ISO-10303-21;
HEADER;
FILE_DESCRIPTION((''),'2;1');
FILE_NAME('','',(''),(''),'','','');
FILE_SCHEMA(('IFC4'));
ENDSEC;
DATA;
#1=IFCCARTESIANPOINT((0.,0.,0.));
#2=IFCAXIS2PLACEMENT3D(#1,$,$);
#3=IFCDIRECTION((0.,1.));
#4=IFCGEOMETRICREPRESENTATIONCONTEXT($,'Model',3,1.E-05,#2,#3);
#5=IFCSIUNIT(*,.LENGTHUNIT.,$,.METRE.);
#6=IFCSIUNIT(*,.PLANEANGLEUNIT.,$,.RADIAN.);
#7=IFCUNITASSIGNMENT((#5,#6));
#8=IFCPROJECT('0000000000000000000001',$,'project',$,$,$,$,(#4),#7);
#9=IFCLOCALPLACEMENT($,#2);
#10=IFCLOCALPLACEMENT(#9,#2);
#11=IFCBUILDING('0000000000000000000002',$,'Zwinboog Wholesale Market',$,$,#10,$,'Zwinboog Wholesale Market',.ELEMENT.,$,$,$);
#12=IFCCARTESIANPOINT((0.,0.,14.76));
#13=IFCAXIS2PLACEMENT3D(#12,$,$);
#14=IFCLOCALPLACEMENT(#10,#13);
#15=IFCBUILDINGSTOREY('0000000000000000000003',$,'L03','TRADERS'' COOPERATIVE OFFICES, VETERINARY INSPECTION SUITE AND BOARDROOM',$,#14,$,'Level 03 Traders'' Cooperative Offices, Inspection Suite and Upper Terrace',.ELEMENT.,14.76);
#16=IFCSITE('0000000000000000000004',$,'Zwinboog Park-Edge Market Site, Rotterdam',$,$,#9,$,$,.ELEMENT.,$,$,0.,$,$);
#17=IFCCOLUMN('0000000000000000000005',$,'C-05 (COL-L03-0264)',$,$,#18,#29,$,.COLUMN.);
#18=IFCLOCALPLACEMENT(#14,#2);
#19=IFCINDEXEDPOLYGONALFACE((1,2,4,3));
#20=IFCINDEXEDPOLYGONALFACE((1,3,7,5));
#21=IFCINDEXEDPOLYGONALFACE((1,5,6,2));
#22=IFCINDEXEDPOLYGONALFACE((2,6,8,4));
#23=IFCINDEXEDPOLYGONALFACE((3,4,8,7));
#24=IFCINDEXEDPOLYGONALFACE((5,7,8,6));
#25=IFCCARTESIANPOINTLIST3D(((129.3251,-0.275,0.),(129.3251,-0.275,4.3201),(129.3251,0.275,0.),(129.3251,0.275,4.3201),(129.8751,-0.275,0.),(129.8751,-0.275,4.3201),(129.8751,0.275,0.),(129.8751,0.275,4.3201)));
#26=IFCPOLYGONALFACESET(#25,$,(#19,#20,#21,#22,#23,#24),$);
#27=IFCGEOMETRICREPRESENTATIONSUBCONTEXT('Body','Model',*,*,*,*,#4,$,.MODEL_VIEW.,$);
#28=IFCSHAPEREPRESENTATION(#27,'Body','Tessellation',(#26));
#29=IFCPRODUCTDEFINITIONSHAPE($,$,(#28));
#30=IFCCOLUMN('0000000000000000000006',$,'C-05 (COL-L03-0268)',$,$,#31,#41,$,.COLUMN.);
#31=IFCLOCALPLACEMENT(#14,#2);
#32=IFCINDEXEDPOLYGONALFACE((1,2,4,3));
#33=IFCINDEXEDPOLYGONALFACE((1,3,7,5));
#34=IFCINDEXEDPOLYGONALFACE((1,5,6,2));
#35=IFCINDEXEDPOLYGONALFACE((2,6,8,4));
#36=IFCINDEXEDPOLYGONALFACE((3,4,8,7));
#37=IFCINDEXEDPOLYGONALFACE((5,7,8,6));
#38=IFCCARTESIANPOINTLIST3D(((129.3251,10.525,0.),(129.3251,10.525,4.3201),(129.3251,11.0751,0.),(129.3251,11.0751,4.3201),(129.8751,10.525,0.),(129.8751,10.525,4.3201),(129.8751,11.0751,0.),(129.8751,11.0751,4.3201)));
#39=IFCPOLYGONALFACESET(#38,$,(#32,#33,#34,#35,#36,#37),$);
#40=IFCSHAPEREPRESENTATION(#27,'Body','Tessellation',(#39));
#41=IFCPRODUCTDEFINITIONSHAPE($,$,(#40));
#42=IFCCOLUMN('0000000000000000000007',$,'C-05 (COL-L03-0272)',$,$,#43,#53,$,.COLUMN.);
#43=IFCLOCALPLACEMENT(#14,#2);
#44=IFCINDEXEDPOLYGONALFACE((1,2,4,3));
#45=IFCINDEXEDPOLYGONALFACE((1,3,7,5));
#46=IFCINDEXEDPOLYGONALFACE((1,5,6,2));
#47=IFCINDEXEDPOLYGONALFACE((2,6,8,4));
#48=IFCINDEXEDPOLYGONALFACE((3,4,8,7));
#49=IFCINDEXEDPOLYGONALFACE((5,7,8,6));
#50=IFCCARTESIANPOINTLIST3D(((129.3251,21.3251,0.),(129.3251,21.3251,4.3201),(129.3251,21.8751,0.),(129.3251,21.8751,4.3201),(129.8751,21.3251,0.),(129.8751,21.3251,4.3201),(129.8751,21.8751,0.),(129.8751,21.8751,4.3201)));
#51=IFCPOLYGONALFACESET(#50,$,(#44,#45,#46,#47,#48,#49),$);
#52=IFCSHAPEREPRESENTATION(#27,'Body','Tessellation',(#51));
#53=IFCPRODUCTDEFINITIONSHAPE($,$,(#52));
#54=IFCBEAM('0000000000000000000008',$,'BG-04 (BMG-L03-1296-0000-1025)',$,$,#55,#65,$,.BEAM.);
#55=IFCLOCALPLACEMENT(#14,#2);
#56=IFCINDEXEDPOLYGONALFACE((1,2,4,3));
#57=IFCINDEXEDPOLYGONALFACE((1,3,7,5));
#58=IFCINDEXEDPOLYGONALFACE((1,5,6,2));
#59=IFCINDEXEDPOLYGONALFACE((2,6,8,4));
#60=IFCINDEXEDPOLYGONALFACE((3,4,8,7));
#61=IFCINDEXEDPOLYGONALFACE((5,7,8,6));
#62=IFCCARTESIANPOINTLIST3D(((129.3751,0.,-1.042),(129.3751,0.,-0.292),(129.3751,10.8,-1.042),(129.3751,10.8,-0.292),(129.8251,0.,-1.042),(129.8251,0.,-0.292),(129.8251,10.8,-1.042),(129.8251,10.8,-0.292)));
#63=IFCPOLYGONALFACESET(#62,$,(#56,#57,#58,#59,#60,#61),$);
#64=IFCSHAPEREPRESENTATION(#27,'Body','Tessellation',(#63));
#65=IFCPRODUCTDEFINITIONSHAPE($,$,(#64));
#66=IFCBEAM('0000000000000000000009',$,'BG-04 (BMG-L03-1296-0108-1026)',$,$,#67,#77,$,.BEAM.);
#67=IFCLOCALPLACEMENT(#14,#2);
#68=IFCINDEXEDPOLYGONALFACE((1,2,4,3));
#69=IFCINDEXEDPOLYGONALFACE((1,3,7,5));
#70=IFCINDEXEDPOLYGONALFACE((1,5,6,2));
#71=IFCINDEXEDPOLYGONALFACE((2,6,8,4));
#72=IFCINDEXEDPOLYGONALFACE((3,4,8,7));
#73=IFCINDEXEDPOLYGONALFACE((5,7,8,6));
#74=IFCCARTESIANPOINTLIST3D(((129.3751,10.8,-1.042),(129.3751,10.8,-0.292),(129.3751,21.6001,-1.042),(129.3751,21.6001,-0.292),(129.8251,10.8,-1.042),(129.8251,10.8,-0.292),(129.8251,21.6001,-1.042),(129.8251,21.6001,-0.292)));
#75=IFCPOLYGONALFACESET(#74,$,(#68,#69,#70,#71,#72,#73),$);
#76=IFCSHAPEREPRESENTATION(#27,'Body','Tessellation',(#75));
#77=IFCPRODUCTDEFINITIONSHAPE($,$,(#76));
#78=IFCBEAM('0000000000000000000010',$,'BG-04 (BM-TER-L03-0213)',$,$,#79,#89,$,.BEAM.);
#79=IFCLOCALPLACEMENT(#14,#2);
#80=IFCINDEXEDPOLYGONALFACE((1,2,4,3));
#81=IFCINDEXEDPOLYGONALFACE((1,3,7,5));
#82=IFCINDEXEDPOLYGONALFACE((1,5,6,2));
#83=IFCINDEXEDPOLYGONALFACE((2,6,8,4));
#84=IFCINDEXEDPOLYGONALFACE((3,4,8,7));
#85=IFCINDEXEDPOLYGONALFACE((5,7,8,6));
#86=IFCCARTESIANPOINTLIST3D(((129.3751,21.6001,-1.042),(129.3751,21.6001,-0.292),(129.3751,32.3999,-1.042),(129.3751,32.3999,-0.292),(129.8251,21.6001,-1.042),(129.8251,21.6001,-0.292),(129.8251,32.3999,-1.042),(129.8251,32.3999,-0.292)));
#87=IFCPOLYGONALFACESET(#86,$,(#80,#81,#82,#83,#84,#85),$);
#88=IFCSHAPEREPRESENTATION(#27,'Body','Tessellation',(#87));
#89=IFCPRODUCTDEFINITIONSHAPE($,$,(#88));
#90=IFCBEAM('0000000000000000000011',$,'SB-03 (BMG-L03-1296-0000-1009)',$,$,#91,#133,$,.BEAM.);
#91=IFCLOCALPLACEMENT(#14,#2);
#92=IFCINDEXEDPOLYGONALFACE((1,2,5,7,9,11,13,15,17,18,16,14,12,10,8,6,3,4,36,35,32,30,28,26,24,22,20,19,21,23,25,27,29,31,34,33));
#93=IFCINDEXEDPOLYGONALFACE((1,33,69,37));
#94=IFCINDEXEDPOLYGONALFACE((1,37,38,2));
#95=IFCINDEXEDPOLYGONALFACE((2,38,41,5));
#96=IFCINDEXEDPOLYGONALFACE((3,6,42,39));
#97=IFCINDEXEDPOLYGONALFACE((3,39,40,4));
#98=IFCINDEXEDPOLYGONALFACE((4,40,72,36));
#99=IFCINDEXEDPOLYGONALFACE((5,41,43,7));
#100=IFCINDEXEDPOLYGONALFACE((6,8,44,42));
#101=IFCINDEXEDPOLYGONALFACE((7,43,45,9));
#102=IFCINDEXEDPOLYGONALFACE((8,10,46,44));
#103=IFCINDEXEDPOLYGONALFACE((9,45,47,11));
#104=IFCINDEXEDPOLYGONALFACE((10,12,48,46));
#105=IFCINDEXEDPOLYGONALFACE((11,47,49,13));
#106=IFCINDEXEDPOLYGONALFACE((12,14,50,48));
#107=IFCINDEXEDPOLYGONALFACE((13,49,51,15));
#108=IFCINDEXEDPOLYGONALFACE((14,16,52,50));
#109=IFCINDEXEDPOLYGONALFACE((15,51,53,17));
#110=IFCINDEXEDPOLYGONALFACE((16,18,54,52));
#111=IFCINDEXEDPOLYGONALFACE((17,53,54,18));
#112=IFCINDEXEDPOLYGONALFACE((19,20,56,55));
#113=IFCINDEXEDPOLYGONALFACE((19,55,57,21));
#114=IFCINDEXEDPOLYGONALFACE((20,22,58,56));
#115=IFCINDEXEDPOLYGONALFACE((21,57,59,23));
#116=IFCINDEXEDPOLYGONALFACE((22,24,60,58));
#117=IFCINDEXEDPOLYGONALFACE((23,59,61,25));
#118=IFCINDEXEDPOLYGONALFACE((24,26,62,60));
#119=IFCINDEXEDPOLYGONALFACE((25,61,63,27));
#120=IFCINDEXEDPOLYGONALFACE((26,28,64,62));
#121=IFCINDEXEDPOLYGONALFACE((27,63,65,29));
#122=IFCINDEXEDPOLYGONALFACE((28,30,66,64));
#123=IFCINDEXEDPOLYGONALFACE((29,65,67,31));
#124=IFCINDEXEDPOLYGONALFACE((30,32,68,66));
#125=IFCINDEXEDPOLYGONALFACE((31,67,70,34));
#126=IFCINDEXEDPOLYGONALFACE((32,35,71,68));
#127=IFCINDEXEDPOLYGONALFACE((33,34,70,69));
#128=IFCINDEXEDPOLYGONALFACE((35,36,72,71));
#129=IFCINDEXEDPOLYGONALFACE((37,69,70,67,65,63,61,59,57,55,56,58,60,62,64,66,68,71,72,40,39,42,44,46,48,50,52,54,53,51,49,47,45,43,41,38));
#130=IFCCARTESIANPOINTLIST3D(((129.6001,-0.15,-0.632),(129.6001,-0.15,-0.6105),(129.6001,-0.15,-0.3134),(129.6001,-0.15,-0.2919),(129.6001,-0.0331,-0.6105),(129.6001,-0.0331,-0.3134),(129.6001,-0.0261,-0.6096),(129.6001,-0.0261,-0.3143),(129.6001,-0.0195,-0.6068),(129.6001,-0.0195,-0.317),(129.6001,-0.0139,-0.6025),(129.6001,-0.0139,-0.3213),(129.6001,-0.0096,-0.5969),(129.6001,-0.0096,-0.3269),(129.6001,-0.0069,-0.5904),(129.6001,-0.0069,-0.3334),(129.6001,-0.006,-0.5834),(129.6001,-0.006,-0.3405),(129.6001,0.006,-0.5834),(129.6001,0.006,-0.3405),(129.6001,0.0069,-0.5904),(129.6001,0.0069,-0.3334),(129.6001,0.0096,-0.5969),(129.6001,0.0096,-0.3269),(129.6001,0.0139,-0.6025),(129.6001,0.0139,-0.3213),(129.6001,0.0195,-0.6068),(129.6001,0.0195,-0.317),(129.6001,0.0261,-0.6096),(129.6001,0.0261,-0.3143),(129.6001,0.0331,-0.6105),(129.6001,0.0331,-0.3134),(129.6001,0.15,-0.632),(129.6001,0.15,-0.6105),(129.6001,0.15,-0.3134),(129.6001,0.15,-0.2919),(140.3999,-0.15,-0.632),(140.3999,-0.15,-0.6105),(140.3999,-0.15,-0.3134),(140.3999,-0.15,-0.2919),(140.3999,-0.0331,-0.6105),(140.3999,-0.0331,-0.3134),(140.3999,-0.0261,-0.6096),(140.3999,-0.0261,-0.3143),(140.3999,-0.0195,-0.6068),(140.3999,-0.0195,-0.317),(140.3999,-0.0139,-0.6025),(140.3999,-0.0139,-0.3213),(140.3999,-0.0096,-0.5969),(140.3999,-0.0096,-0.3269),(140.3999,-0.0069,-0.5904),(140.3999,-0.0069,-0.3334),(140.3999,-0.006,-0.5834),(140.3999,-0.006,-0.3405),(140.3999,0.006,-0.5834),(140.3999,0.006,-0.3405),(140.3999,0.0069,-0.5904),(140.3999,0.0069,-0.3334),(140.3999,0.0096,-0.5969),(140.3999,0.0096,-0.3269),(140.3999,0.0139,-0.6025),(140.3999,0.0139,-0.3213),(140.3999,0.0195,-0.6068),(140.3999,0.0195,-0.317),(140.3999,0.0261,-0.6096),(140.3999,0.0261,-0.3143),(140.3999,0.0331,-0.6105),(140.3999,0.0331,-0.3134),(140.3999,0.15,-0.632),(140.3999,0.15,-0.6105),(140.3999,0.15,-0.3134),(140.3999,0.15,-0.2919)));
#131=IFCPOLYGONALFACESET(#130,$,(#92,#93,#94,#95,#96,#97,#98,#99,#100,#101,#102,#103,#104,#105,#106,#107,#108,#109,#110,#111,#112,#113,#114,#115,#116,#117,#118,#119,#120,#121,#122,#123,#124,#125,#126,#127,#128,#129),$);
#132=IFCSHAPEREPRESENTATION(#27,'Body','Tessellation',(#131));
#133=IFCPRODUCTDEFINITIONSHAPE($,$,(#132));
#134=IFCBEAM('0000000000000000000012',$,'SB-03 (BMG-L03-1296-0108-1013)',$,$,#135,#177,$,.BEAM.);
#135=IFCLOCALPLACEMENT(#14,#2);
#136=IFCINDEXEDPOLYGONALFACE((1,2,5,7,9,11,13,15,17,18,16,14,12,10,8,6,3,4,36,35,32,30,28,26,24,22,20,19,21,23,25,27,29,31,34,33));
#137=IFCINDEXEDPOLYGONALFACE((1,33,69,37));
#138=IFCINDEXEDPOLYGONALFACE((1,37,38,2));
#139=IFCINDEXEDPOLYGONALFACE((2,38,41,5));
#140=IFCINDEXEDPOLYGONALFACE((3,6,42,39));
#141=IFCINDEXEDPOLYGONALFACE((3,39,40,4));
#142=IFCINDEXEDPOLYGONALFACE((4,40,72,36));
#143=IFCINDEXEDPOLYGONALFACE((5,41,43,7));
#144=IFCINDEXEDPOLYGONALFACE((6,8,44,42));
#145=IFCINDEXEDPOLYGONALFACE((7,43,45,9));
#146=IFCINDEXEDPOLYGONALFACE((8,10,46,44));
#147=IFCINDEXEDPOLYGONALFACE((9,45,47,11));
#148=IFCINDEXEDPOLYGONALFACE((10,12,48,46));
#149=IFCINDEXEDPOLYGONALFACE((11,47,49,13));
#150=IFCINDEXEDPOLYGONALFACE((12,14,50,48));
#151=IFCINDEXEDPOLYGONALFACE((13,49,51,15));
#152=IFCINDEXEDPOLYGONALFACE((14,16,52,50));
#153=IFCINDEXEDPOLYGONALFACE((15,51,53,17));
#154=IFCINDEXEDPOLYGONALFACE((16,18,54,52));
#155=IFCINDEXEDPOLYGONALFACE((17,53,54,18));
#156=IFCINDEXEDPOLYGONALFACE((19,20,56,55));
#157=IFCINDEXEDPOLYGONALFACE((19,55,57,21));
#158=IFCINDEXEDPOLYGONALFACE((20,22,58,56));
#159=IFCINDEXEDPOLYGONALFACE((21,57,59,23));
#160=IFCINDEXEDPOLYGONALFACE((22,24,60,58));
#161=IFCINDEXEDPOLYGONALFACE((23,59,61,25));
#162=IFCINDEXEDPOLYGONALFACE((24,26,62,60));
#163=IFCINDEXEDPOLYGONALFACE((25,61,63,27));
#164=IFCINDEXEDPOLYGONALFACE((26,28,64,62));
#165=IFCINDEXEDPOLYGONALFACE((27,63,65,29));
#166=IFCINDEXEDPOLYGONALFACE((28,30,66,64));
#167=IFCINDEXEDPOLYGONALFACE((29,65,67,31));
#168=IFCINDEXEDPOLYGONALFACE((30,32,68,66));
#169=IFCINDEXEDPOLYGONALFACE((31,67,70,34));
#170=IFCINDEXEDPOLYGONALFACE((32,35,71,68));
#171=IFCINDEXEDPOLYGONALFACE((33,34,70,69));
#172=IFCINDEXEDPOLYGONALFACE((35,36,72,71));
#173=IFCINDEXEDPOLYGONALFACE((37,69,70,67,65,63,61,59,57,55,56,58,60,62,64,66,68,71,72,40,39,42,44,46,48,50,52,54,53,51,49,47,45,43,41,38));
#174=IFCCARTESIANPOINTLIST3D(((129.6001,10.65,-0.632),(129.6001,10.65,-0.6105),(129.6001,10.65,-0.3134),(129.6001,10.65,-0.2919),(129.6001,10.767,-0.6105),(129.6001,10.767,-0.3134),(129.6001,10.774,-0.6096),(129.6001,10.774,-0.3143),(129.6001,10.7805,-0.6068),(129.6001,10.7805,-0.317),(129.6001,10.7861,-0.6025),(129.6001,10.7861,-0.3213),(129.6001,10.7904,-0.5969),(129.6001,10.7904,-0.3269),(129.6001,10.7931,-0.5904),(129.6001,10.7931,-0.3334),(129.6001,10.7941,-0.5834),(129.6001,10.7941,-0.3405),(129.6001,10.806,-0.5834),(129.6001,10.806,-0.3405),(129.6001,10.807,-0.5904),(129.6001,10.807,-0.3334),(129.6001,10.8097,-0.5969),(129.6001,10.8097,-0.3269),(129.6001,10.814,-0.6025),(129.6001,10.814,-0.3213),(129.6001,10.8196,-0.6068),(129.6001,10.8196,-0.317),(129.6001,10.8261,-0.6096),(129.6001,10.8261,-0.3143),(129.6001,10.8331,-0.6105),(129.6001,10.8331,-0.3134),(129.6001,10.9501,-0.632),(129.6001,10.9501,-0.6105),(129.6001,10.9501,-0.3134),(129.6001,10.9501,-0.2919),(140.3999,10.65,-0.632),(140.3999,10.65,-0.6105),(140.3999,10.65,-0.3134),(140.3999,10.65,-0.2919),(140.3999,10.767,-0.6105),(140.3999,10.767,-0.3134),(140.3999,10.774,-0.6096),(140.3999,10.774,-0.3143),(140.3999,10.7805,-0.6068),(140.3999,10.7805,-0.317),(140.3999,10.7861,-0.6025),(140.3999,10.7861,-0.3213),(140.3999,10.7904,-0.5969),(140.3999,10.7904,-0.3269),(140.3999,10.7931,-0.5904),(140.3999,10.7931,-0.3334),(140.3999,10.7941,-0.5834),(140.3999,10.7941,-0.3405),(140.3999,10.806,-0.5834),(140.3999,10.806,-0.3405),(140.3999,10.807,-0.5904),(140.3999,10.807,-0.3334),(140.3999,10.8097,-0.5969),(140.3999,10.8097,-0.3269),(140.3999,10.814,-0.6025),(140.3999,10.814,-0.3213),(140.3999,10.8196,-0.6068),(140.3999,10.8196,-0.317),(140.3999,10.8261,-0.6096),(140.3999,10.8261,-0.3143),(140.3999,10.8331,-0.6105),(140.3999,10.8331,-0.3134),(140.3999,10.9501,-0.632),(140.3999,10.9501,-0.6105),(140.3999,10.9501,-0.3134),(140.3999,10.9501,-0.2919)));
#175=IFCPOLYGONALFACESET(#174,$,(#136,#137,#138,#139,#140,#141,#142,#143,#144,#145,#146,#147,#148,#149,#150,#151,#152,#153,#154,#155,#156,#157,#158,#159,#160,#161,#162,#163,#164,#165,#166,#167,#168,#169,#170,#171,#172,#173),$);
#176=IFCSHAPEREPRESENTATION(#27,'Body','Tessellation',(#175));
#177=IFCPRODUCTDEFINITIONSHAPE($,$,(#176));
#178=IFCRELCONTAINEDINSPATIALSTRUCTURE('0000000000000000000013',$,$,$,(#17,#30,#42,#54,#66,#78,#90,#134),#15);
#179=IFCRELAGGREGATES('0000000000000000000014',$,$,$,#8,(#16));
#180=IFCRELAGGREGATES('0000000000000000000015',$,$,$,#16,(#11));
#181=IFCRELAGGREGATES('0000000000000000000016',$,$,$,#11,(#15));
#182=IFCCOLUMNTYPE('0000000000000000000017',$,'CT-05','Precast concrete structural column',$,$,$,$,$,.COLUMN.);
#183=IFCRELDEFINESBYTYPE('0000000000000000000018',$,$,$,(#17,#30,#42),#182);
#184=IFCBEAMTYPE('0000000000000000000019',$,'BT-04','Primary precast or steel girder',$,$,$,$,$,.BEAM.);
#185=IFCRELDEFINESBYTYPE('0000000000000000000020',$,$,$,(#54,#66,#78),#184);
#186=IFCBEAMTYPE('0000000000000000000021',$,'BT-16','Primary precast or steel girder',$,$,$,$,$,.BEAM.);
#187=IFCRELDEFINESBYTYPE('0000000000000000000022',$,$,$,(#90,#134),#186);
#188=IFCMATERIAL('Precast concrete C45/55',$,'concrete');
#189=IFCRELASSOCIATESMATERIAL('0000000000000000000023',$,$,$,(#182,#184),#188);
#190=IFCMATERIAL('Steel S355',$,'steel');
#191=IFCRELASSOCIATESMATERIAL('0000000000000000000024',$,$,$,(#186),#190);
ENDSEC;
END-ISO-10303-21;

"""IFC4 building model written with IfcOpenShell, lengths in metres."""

from ifc_helpers import new_model, si_unit, direction, frame, origin, origin_2d, place, context, subcontext, project, spatial, rectangle, i_section, extrude, material, material_profile, profile_set, type_object, element, save


model = new_model("IFC4")

# Units and contexts
model_context = context("Model", 3, precision=1e-05, world=origin(), true_north=direction((0.0, 1.0)))
body_context = subcontext(model_context, "Body", "Model", "MODEL_VIEW")
ifc_project = project(units=[si_unit("LENGTHUNIT", "METRE"), si_unit("PLANEANGLEUNIT", "RADIAN")], contexts=[model_context])

# Site, building, storey
site_placement = place(None, origin())
site = spatial("IfcSite", under=ifc_project, at=site_placement, Name="Zwinboog Park-Edge Market Site, Rotterdam", CompositionType="ELEMENT", RefElevation=0.0)
building_placement = place(site_placement, origin())
building = spatial("IfcBuilding", under=site, at=building_placement, Name="Zwinboog Wholesale Market", LongName="Zwinboog Wholesale Market", CompositionType="ELEMENT")
storey_placement = place(building_placement, frame((0.0, 0.0, 14.76)))
storey = spatial("IfcBuildingStorey", under=building, at=storey_placement, Name="L03", Description="TRADERS' COOPERATIVE OFFICES, VETERINARY INSPECTION SUITE AND BOARDROOM", LongName="Level 03 Traders' Cooperative Offices, Inspection Suite and Upper Terrace", CompositionType="ELEMENT", Elevation=14.76)

# Columns
ifc_material_1 = material(Name="Precast concrete C45/55", Category="concrete")
ifc_material_profile_1 = material_profile(ifc_material_1, rectangle(XDim=0.55, YDim=0.55, at=origin_2d()), Name="PC 550x550")
ifc_profile_set_1 = profile_set([ifc_material_profile_1], Name="Precast concrete C45/55")
column_type = type_object("IfcColumnType", Name="CT-05", Description="Precast concrete structural column", PredefinedType="COLUMN", material=ifc_profile_set_1)
for number, where, z_axis, x_axis, name in (
    (1, (129.6001, 0.0, 0.0), (0.0, 0.0, 1.0), (1.0, 0.0, 0.0), "C-05 (COL-L03-0264)"),
    (2, (129.6001, 10.8, 0.0), (0.0, 0.0, 1.0), (1.0, 0.0, 0.0), "C-05 (COL-L03-0268)"),
    (3, (129.6001, 21.6001, 0.0), (0.0, 0.0, 1.0), (1.0, 0.0, 0.0), "C-05 (COL-L03-0272)"),
):
    element("IfcColumn", number, at=place(storey_placement, frame(where, z_axis=z_axis, x_axis=x_axis)), inside=storey, type_object=column_type, Name=name, PredefinedType="COLUMN", context=body_context, shape_type="SweptSolid", body=[
        extrude(rectangle(XDim=0.55, YDim=0.55, at=origin_2d()), origin(), (0.0, 0.0, 1.0), 4.3201),
    ])

# Beams
ifc_material_profile_2 = material_profile(ifc_material_1, rectangle(XDim=0.45, YDim=0.75, at=origin_2d()), Name="PC 450x750")
ifc_profile_set_2 = profile_set([ifc_material_profile_2], Name="Precast concrete C45/55")
beam_type_1 = type_object("IfcBeamType", Name="BT-04", Description="Primary precast or steel girder", PredefinedType="BEAM", material=ifc_profile_set_2)
for number, where, z_axis, x_axis, name in (
    (4, (129.6001, 0.0, -0.667), (0.0, 1.0, 0.0), (-1.0, 0.0, 0.0), "BG-04 (BMG-L03-1296-0000-1025)"),
    (5, (129.6001, 10.8, -0.667), (0.0, 1.0, 0.0), (-1.0, 0.0, 0.0), "BG-04 (BMG-L03-1296-0108-1026)"),
):
    element("IfcBeam", number, at=place(storey_placement, frame(where, z_axis=z_axis, x_axis=x_axis)), inside=storey, type_object=beam_type_1, Name=name, PredefinedType="BEAM", context=body_context, shape_type="SweptSolid", body=[
        extrude(rectangle(XDim=0.45, YDim=0.75, at=origin_2d()), origin(), (0.0, 0.0, 1.0), 10.8),
    ])
beam_placement = place(storey_placement, frame((129.6001, 21.6001, -0.667), z_axis=(0.0, 1.0, 0.0), x_axis=(-1.0, 0.0, 0.0)))
element("IfcBeam", 6, at=beam_placement, inside=storey, type_object=beam_type_1, Name="BG-04 (BM-TER-L03-0213)", PredefinedType="BEAM", context=body_context, shape_type="SweptSolid", body=[
    extrude(rectangle(XDim=0.45, YDim=0.75, at=origin_2d()), origin(), (0.0, 0.0, 1.0), 10.7998),
])
ifc_material_2 = material(Name="Steel S355", Category="steel")
ifc_material_profile_3 = material_profile(ifc_material_2, i_section(OverallWidth=0.3, OverallDepth=0.3401, WebThickness=0.012, FlangeThickness=0.0215, FilletRadius=0.0271, at=origin_2d()), Name="HEB 340")
ifc_profile_set_3 = profile_set([ifc_material_profile_3], Name="Steel S355")
beam_type_2 = type_object("IfcBeamType", Name="BT-16", Description="Primary precast or steel girder", PredefinedType="BEAM", material=ifc_profile_set_3)
for number, where, z_axis, x_axis, name in (
    (7, (129.6001, 0.0, -0.4619), (1.0, 0.0, 0.0), (0.0, 1.0, 0.0), "SB-03 (BMG-L03-1296-0000-1009)"),
    (8, (129.6001, 10.8, -0.4619), (1.0, 0.0, 0.0), (0.0, 1.0, 0.0), "SB-03 (BMG-L03-1296-0108-1013)"),
):
    element("IfcBeam", number, at=place(storey_placement, frame(where, z_axis=z_axis, x_axis=x_axis)), inside=storey, type_object=beam_type_2, Name=name, PredefinedType="BEAM", context=body_context, shape_type="SweptSolid", body=[
        extrude(i_section(OverallWidth=0.3, OverallDepth=0.3401, WebThickness=0.012, FlangeThickness=0.0215, FilletRadius=0.0271, at=origin_2d()), origin(), (0.0, 0.0, 1.0), 10.7998),
    ])

save(model, "model.ifc")
